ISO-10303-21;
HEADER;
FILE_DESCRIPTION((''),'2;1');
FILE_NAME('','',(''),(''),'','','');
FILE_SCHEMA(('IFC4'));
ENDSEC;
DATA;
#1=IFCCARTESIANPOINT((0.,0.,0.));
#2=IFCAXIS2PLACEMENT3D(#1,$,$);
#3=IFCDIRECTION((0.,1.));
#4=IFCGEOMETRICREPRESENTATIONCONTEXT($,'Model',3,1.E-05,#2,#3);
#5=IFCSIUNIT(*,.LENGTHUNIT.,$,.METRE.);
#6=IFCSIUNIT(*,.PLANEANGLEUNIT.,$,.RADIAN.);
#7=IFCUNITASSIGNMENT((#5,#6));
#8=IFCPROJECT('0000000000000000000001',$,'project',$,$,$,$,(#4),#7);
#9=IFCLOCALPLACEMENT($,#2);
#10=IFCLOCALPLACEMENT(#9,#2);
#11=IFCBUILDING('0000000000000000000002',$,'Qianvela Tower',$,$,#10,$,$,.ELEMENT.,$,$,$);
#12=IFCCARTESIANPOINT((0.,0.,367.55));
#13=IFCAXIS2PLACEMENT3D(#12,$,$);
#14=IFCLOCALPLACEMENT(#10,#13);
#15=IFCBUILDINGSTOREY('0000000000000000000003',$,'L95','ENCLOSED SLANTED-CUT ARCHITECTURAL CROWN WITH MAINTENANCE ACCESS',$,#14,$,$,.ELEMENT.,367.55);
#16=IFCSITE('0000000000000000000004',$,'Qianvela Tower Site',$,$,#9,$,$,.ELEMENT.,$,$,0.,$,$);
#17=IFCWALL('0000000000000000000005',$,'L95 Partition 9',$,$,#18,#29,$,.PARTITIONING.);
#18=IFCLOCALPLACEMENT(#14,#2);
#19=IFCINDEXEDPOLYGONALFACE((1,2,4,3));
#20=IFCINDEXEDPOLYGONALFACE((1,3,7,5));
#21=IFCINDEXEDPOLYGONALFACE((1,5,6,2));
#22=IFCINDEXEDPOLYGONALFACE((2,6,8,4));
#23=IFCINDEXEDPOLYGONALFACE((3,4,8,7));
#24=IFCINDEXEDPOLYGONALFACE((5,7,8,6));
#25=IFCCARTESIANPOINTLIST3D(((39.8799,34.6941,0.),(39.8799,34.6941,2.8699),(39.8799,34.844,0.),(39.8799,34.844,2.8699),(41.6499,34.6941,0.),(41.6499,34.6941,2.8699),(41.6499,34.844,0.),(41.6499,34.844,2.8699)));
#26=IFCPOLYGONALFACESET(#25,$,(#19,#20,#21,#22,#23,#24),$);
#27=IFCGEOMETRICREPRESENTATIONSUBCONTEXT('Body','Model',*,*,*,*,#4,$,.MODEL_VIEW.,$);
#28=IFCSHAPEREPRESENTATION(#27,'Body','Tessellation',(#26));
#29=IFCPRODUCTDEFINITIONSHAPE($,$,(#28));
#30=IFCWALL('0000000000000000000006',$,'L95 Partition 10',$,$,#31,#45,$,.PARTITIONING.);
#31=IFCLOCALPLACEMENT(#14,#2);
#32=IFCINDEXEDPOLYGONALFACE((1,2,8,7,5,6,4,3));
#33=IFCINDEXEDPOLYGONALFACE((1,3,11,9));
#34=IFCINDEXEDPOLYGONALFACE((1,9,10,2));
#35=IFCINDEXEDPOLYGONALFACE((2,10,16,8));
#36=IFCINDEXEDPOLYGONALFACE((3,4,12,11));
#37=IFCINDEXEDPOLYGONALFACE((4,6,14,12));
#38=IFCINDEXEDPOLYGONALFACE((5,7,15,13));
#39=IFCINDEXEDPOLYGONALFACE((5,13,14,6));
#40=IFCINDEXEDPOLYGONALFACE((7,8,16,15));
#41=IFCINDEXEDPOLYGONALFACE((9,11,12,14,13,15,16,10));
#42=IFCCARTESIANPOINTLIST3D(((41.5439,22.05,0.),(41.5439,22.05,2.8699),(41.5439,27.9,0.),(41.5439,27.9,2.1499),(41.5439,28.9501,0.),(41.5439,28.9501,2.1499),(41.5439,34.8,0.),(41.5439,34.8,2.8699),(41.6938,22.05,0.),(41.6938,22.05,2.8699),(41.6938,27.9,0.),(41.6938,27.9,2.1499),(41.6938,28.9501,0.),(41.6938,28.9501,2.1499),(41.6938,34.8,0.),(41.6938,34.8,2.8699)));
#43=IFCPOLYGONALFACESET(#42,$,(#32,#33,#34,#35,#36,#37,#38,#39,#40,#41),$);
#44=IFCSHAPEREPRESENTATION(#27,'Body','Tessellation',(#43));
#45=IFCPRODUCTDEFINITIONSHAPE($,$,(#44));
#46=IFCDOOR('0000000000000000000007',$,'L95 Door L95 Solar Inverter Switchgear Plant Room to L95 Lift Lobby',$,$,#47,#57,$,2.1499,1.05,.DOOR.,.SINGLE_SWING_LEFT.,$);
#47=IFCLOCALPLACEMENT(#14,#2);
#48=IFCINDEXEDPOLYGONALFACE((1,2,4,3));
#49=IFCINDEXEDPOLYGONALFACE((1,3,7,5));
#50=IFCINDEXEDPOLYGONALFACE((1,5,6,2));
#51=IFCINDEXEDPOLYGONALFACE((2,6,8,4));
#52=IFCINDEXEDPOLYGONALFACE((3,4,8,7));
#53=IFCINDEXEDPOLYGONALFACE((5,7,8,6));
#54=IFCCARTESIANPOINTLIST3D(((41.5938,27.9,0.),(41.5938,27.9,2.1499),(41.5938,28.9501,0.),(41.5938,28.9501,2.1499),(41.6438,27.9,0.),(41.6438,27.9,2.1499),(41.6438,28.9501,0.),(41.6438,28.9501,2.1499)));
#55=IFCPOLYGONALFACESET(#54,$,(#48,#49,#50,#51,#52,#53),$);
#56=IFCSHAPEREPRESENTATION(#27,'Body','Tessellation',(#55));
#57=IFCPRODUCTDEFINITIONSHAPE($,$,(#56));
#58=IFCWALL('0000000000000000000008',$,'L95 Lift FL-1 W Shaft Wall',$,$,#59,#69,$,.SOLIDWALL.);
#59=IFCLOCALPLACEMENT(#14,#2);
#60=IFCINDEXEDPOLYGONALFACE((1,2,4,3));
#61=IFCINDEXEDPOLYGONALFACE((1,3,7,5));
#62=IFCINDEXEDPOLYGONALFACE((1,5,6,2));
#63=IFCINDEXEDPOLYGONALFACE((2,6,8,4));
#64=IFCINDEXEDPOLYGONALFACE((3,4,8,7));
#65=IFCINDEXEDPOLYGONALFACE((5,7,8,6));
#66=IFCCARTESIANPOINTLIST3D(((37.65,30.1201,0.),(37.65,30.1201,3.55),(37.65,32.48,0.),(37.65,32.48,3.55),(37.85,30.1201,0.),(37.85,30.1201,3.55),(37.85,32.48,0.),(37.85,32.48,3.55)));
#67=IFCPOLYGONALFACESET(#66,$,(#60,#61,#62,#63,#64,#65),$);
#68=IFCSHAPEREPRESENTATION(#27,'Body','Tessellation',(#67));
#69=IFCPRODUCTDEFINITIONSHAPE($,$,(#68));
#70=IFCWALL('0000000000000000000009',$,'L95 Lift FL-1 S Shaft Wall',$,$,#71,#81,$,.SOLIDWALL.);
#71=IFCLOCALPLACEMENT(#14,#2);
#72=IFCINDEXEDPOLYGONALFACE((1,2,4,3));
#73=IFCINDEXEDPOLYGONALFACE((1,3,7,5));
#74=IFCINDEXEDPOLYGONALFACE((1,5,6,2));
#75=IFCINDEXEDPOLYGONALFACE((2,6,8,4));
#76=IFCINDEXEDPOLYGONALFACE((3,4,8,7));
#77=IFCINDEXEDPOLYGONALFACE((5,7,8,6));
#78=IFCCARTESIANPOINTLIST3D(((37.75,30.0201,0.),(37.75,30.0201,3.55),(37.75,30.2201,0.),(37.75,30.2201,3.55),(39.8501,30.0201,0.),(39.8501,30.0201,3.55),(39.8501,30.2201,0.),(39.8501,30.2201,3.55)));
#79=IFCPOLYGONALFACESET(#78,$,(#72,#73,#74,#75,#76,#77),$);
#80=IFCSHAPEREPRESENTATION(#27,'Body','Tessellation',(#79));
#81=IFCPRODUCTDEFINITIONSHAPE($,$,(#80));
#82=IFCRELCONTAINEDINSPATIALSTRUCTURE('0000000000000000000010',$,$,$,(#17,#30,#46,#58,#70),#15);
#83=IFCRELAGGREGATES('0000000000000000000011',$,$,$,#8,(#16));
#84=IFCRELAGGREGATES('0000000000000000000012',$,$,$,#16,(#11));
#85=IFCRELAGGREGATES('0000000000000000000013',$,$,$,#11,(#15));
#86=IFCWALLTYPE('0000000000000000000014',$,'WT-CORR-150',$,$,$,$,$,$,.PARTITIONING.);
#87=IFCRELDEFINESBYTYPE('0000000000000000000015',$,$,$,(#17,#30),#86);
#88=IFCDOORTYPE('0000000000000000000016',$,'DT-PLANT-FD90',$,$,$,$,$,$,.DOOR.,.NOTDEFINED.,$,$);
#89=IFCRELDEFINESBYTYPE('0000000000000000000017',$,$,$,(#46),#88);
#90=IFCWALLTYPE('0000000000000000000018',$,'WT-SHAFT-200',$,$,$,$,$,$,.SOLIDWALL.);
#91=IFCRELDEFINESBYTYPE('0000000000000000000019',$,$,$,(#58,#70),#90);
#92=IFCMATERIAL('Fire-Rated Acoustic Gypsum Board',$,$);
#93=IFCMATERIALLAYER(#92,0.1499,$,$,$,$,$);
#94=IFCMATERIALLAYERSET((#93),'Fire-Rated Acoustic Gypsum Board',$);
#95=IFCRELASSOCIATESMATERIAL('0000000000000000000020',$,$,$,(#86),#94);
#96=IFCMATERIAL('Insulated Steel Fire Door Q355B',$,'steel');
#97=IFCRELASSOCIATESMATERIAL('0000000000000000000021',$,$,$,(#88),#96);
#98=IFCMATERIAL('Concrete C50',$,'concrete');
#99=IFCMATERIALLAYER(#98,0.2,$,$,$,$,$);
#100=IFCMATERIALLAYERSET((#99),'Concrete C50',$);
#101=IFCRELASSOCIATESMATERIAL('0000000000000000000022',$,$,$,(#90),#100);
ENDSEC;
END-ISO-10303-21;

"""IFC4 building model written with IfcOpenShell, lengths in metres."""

from ifc_helpers import new_model, si_unit, direction, frame, frame_2d, origin, place, context, subcontext, project, spatial, rectangle, extrude, material, layer, layer_set, type_object, element, fill, save


model = new_model("IFC4")

# Units and contexts
model_context = context("Model", 3, precision=1e-05, world=origin(), true_north=direction((0.0, 1.0)))
body_context = subcontext(model_context, "Body", "Model", "MODEL_VIEW")
ifc_project = project(units=[si_unit("LENGTHUNIT", "METRE"), si_unit("PLANEANGLEUNIT", "RADIAN")], contexts=[model_context])

# Site, building, storey
site_placement = place(None, origin())
site = spatial("IfcSite", under=ifc_project, at=site_placement, Name="Qianvela Tower Site", CompositionType="ELEMENT", RefElevation=0.0)
building_placement = place(site_placement, origin())
building = spatial("IfcBuilding", under=site, at=building_placement, Name="Qianvela Tower", CompositionType="ELEMENT")
storey_placement = place(building_placement, frame((0.0, 0.0, 367.55)))
storey = spatial("IfcBuildingStorey", under=building, at=storey_placement, Name="L95", Description="ENCLOSED SLANTED-CUT ARCHITECTURAL CROWN WITH MAINTENANCE ACCESS", CompositionType="ELEMENT", Elevation=367.55)

# Shared definitions
ifc_material_1 = material(Name="Fire-Rated Acoustic Gypsum Board")
ifc_layer_1 = layer(ifc_material_1, 0.1499)
ifc_layer_set_1 = layer_set([ifc_layer_1], Name="Fire-Rated Acoustic Gypsum Board")
wall_type_1 = type_object("IfcWallType", Name="WT-CORR-150", PredefinedType="PARTITIONING", material=ifc_layer_set_1)
ifc_material_2 = material(Name="Insulated Steel Fire Door Q355B", Category="steel")
door_type_1 = type_object("IfcDoorType", Name="DT-PLANT-FD90", OperationType="NOTDEFINED", PredefinedType="DOOR", material=ifc_material_2)

# Wall
wall_1_placement = place(storey_placement, frame((39.8799, 34.769, 0.0), z_axis=(0.0, 0.0, 1.0), x_axis=(1.0, 0.0, 0.0)))
element("IfcWall", 1, at=wall_1_placement, inside=storey, type_object=wall_type_1, Name="L95 Partition 9", PredefinedType="PARTITIONING", context=body_context, shape_type="SweptSolid", body=[
    extrude(rectangle(XDim=1.77, YDim=0.1499, at=frame_2d((0.885, 0.0))), origin(), (0.0, 0.0, 1.0), 2.8699),
])

# Wall, opening, door
wall_2_placement = place(storey_placement, frame((41.6189, 34.8, 0.0), z_axis=(0.0, 0.0, 1.0), x_axis=(0.0, -1.0, 0.0)))
wall_2 = element("IfcWall", 2, at=wall_2_placement, inside=storey, type_object=wall_type_1, Name="L95 Partition 10", PredefinedType="PARTITIONING", context=body_context, shape_type="SweptSolid", body=[
    extrude(rectangle(XDim=12.75, YDim=0.1499, at=frame_2d((6.375, 0.0))), origin(), (0.0, 0.0, 1.0), 2.8699),
])
opening_1_placement = place(wall_2_placement, frame((5.8501, 0.0, 0.0)))
opening_1 = element("IfcOpeningElement", 3, at=opening_1_placement, cuts=wall_2, PredefinedType="OPENING", context=body_context, shape_type="SweptSolid", body=[
    extrude(rectangle(XDim=1.05, YDim=2.1499, at=frame_2d((0.5249, 1.075))), frame((0.0, 0.085, 0.0), z_axis=(0.0, -1.0, 0.0), x_axis=(1.0, 0.0, 0.0)), (0.0, 0.0, 1.0), 0.1699),
])
door_1_placement = place(opening_1_placement, origin())
door_1 = element("IfcDoor", 4, at=door_1_placement, inside=storey, type_object=door_type_1, Name="L95 Door L95 Solar Inverter Switchgear Plant Room to L95 Lift Lobby", OperationType="SINGLE_SWING_LEFT", OverallHeight=2.1499, OverallWidth=1.05, PredefinedType="DOOR", context=body_context, shape_type="SweptSolid", body=[
    extrude(rectangle(XDim=1.05, YDim=2.1499, at=frame_2d((0.5249, 1.075))), frame((0.0, 0.0249, 0.0), z_axis=(0.0, -1.0, 0.0), x_axis=(1.0, 0.0, 0.0)), (0.0, 0.0, 1.0), 0.05),
])
fill(opening_1, door_1)
ifc_material_3 = material(Name="Concrete C50", Category="concrete")
ifc_layer_2 = layer(ifc_material_3, 0.2)
ifc_layer_set_2 = layer_set([ifc_layer_2], Name="Concrete C50")
wall_type_2 = type_object("IfcWallType", Name="WT-SHAFT-200", PredefinedType="SOLIDWALL", material=ifc_layer_set_2)

# Walls
wall_3_placement = place(storey_placement, frame((37.75, 30.1201, 0.0), z_axis=(0.0, 0.0, 1.0), x_axis=(0.0, 1.0, 0.0)))
element("IfcWall", 5, at=wall_3_placement, inside=storey, type_object=wall_type_2, Name="L95 Lift FL-1 W Shaft Wall", PredefinedType="SOLIDWALL", context=body_context, shape_type="SweptSolid", body=[
    extrude(rectangle(XDim=2.3599, YDim=0.2, at=frame_2d((1.1799, 0.0))), origin(), (0.0, 0.0, 1.0), 3.55),
])
wall_4_placement = place(storey_placement, frame((37.75, 30.1201, 0.0), z_axis=(0.0, 0.0, 1.0), x_axis=(1.0, 0.0, 0.0)))
element("IfcWall", 6, at=wall_4_placement, inside=storey, type_object=wall_type_2, Name="L95 Lift FL-1 S Shaft Wall", PredefinedType="SOLIDWALL", context=body_context, shape_type="SweptSolid", body=[
    extrude(rectangle(XDim=2.1001, YDim=0.2, at=frame_2d((1.05, 0.0))), origin(), (0.0, 0.0, 1.0), 3.55),
])

save(model, "model.ifc")
